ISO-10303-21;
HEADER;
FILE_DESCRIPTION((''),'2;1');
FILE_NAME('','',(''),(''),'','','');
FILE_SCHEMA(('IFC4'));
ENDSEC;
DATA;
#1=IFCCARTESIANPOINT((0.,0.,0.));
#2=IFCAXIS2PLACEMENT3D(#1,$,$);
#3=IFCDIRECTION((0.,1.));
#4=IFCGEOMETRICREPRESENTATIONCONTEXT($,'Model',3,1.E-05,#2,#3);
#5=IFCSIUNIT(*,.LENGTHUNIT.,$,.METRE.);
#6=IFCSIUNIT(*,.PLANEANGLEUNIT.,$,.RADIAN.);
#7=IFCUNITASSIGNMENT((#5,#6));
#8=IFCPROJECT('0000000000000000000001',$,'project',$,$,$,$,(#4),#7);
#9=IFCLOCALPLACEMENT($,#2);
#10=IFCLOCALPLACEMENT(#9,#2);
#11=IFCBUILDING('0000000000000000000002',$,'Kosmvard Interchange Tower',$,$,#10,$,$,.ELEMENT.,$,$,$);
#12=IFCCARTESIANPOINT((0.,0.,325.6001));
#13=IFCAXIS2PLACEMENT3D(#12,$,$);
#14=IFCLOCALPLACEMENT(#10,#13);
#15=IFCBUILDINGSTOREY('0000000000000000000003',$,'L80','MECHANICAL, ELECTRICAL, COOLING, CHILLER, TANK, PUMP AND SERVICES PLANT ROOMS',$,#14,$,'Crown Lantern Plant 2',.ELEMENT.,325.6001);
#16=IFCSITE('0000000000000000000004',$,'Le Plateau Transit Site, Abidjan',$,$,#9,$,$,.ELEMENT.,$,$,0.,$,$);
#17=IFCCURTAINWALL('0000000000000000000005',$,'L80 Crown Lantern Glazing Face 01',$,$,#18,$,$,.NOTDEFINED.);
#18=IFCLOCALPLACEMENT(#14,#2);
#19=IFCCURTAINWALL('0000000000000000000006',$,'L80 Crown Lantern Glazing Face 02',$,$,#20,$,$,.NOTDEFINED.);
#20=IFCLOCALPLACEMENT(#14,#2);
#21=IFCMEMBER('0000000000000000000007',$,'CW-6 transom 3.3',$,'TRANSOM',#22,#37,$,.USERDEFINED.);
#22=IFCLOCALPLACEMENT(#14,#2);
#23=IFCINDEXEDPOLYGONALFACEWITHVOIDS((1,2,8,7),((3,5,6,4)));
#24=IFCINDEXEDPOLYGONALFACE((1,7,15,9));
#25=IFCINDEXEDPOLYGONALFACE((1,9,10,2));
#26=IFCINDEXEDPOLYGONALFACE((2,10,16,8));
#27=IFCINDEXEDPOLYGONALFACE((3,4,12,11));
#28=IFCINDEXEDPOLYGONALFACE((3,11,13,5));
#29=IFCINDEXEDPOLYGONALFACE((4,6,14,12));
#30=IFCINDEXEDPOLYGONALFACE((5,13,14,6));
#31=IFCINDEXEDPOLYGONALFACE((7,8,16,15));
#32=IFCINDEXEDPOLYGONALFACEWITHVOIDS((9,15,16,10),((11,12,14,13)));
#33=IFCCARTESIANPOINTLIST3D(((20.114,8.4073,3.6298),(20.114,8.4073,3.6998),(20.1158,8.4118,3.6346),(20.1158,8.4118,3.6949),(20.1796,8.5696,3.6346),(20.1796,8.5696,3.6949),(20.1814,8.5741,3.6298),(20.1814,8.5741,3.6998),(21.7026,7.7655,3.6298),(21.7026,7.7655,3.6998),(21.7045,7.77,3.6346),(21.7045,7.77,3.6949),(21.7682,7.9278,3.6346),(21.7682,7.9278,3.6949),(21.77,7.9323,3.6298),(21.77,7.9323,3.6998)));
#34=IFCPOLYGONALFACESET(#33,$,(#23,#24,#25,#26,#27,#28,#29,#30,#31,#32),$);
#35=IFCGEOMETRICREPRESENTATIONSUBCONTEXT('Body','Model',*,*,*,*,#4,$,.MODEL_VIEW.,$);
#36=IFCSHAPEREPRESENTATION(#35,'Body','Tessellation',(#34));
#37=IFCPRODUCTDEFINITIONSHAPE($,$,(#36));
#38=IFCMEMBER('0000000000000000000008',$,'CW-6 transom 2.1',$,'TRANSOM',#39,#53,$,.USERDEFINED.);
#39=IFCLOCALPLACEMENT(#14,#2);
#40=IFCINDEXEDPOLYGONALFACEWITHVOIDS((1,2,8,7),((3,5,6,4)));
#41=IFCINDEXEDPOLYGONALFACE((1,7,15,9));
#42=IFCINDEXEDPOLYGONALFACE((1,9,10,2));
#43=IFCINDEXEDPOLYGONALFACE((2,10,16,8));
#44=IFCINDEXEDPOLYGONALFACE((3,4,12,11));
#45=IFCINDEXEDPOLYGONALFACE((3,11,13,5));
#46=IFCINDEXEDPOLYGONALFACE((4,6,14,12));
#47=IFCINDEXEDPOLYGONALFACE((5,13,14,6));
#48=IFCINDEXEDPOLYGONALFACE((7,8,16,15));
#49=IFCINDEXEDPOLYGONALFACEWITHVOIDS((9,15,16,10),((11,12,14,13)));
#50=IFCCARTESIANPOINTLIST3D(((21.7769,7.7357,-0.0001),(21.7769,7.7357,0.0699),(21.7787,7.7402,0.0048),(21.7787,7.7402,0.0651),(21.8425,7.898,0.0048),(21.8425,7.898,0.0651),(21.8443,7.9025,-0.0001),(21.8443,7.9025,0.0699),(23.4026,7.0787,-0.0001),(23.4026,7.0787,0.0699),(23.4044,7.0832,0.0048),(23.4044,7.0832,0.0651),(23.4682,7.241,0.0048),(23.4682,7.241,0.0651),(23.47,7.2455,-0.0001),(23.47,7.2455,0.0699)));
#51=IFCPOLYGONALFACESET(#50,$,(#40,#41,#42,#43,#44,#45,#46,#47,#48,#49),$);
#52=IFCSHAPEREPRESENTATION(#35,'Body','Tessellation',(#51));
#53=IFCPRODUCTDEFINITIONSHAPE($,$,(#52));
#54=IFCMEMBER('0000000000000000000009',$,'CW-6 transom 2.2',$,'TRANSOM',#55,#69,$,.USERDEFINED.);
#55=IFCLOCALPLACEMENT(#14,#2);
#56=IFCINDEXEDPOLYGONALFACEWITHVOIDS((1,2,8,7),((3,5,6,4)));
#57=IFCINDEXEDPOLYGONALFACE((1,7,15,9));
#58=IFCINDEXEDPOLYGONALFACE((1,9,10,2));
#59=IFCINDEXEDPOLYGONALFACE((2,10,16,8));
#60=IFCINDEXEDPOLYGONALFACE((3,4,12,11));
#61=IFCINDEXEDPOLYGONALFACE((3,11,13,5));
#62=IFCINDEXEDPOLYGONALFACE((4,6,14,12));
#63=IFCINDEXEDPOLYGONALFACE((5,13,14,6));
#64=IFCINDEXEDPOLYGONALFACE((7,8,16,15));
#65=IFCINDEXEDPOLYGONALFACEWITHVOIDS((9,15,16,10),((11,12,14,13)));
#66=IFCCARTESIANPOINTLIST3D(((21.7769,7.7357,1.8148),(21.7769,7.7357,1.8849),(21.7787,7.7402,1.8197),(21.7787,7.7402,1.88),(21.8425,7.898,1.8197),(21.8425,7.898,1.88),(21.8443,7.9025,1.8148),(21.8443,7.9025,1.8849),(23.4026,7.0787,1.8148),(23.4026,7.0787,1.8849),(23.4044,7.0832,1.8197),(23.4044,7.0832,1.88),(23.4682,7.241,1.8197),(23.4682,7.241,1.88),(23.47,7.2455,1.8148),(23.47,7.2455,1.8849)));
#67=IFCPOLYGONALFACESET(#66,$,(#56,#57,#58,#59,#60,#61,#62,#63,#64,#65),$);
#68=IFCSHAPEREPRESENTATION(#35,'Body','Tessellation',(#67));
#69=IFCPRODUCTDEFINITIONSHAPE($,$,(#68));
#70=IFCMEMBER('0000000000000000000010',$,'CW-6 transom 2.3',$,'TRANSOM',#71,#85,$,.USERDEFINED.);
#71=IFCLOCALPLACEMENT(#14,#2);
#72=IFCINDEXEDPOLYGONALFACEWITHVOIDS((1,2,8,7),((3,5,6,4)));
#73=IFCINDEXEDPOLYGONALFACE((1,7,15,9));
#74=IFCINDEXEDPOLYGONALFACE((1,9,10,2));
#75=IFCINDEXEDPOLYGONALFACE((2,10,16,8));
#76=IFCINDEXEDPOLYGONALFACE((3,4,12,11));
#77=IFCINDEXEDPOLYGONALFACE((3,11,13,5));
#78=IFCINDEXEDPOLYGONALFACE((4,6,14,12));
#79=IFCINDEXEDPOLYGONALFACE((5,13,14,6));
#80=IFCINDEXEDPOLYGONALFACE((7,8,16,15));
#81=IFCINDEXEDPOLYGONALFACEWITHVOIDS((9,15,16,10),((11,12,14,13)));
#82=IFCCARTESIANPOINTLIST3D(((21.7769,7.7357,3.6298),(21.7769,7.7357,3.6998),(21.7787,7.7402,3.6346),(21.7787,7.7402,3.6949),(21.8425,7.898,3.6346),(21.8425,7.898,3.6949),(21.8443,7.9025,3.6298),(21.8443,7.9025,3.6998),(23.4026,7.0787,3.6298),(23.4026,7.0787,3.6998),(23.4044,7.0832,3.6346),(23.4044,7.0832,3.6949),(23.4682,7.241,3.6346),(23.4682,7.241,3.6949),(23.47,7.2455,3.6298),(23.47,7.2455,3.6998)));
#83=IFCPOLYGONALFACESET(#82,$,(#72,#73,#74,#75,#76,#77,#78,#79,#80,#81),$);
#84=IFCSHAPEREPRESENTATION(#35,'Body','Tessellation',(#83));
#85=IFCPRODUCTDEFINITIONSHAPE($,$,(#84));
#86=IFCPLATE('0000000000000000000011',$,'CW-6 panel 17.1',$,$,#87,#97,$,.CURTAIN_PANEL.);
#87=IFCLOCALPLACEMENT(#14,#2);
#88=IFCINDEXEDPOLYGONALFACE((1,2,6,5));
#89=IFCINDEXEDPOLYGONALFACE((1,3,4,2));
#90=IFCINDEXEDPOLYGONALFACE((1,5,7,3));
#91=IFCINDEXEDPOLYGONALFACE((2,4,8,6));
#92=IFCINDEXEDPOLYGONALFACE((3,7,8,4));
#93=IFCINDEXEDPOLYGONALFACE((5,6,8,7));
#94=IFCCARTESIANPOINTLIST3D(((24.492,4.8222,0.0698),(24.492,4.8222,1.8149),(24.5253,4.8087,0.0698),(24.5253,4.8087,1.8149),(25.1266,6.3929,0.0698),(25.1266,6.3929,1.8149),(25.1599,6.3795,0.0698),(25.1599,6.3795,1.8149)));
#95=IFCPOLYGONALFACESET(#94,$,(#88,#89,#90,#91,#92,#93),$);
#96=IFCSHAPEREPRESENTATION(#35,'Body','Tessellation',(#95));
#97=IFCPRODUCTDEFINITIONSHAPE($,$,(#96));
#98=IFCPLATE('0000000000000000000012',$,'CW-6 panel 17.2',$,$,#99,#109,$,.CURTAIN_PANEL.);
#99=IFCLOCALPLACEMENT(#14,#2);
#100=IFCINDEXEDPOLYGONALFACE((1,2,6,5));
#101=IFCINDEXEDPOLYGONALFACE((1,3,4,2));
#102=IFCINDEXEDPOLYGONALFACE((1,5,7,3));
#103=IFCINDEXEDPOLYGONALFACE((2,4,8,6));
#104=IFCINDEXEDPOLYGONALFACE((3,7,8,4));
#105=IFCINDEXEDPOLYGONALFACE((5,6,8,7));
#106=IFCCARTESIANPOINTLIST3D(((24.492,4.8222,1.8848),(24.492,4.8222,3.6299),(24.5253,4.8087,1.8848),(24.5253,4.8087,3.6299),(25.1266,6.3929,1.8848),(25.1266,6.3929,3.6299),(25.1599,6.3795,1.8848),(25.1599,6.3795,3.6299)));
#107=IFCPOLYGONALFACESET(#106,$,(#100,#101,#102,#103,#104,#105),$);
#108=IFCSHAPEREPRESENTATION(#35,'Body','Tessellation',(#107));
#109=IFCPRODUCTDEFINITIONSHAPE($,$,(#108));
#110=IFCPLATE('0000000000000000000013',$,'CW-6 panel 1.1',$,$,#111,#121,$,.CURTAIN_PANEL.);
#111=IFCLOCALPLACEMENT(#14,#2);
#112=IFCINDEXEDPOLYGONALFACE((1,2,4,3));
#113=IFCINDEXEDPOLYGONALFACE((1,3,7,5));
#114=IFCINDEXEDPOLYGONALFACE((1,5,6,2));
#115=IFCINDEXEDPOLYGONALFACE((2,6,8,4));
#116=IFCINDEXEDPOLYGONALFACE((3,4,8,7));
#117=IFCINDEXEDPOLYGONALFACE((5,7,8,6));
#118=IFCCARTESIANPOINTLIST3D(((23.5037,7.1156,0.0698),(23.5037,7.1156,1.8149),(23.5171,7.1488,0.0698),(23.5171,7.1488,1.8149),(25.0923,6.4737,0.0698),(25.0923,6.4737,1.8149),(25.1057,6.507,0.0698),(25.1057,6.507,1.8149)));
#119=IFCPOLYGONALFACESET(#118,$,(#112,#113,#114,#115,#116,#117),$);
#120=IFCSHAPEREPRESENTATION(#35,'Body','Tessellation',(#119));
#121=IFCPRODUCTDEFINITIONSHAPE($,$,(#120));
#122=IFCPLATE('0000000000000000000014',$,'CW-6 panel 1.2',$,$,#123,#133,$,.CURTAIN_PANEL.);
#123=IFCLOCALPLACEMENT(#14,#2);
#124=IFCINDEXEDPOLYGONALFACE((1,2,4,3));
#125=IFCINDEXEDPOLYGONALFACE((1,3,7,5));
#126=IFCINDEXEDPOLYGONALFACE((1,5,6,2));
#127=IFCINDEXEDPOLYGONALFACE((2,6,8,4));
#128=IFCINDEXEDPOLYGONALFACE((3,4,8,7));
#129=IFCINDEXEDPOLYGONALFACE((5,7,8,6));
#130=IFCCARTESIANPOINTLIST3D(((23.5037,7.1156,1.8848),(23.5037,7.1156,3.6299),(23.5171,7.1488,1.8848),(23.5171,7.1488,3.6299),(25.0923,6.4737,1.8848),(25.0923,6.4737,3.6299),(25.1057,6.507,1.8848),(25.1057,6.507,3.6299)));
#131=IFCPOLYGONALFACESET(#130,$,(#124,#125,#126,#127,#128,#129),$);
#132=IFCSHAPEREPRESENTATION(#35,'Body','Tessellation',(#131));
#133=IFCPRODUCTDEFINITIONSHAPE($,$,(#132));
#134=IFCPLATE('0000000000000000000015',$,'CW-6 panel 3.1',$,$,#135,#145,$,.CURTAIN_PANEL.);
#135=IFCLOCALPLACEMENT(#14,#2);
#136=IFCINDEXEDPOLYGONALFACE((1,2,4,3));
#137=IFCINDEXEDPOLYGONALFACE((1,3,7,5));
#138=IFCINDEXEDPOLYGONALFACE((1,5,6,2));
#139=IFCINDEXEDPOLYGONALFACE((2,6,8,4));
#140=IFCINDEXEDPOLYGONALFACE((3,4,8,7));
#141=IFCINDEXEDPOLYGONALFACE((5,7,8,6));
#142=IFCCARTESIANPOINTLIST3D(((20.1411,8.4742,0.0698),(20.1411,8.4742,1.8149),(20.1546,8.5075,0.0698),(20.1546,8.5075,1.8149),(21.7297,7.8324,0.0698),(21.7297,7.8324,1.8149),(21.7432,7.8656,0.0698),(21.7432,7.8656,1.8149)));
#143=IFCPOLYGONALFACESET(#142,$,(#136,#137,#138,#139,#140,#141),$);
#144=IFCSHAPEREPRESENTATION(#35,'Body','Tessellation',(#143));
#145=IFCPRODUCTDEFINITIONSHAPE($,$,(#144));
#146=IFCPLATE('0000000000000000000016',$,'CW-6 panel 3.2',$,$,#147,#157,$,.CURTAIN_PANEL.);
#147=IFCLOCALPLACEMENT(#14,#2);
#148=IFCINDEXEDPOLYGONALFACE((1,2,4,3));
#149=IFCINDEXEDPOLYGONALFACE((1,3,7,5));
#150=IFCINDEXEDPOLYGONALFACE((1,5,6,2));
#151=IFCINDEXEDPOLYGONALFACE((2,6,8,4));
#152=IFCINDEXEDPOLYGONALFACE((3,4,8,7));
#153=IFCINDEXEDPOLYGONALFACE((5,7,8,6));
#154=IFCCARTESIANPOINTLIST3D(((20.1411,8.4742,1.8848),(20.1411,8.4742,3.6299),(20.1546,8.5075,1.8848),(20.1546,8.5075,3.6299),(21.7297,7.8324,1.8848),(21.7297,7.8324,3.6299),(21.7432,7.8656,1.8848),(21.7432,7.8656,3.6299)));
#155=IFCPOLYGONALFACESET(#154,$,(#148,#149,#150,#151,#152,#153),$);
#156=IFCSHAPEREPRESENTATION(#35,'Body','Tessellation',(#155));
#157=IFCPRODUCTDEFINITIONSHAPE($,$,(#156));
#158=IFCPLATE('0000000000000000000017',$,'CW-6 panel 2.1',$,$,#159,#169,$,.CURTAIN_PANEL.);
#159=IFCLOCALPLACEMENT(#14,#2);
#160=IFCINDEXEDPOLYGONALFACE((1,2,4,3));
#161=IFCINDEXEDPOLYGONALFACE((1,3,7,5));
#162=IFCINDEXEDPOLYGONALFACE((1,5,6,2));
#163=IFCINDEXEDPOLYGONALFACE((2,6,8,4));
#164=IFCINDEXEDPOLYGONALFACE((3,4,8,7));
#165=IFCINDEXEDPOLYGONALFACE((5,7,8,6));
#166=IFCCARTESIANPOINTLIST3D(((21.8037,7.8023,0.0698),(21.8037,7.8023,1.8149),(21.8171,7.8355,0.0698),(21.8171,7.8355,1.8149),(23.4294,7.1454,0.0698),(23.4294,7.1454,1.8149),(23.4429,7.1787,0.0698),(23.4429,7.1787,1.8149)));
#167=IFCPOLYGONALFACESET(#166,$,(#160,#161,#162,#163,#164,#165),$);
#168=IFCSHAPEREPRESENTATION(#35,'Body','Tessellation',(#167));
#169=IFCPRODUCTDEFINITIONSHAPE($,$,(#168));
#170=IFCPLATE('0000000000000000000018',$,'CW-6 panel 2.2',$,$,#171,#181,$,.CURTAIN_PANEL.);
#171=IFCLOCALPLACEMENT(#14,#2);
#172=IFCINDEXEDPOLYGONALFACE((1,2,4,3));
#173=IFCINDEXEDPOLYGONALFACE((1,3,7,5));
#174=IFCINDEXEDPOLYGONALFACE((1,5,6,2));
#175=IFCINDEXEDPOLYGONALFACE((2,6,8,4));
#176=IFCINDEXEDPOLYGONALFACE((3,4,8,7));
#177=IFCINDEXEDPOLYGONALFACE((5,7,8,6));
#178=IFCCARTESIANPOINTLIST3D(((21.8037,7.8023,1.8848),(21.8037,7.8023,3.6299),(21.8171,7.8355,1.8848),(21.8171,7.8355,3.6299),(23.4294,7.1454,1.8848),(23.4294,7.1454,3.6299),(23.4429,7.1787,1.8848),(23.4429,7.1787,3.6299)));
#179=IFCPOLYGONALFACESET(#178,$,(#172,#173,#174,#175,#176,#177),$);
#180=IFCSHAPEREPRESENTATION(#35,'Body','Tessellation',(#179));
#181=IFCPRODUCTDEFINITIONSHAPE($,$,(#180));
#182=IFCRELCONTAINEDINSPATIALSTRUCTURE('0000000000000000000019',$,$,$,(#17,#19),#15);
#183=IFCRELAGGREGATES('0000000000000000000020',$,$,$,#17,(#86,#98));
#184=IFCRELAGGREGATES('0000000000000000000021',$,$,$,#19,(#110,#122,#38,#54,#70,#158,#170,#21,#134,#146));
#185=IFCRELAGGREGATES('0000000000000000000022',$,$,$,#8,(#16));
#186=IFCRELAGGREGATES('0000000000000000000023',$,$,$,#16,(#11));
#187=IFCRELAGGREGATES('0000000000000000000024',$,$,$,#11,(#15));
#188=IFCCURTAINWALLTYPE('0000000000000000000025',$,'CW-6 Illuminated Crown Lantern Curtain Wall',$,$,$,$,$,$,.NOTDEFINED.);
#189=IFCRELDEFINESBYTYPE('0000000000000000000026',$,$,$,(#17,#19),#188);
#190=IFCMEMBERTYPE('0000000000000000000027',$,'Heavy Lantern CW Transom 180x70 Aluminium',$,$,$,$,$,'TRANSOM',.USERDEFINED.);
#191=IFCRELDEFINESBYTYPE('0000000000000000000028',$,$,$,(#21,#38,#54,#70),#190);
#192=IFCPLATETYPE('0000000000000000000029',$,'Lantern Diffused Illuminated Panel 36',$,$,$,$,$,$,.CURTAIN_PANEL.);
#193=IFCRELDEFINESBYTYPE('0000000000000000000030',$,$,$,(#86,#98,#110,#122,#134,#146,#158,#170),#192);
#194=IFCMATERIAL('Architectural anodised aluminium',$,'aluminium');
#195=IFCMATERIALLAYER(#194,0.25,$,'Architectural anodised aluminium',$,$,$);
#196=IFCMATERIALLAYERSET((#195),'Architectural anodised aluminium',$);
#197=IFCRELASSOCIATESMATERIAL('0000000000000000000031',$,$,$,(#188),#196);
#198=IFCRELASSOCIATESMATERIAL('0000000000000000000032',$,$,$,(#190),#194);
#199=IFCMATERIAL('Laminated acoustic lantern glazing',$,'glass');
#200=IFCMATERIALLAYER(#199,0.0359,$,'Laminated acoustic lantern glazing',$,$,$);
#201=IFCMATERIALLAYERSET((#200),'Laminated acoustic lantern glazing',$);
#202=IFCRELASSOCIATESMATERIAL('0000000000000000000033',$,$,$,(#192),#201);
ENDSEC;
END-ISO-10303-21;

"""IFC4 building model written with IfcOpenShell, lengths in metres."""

from ifc_helpers import new_model, si_unit, direction, frame, origin, origin_2d, place, context, subcontext, project, spatial, rectangle, hollow_rectangle, extrude, source, transform, mapped, material, layer, layer_set, material_profile, profile_set, type_object, element, aggregate, save


model = new_model("IFC4")

# Units and contexts
model_context = context("Model", 3, precision=1e-05, world=origin(), true_north=direction((0.0, 1.0)))
body_context = subcontext(model_context, "Body", "Model", "MODEL_VIEW")
ifc_project = project(units=[si_unit("LENGTHUNIT", "METRE"), si_unit("PLANEANGLEUNIT", "RADIAN")], contexts=[model_context])

# Site, building, storey
site_placement = place(None, origin())
site = spatial("IfcSite", under=ifc_project, at=site_placement, Name="Le Plateau Transit Site, Abidjan", CompositionType="ELEMENT", RefElevation=0.0)
building_placement = place(site_placement, origin())
building = spatial("IfcBuilding", under=site, at=building_placement, Name="Kosmvard Interchange Tower", CompositionType="ELEMENT")
storey_placement = place(building_placement, frame((0.0, 0.0, 325.6001)))
storey = spatial("IfcBuildingStorey", under=building, at=storey_placement, Name="L80", Description="MECHANICAL, ELECTRICAL, COOLING, CHILLER, TANK, PUMP AND SERVICES PLANT ROOMS", LongName="Crown Lantern Plant 2", CompositionType="ELEMENT", Elevation=325.6001)

# Curtain wall
ifc_material_1 = material(Name="Architectural anodised aluminium", Category="aluminium")
ifc_layer_1 = layer(ifc_material_1, 0.25, Name="Architectural anodised aluminium")
ifc_layer_set_1 = layer_set([ifc_layer_1], Name="Architectural anodised aluminium")
curtain_wall_type = type_object("IfcCurtainWallType", Name="CW-6 Illuminated Crown Lantern Curtain Wall", PredefinedType="NOTDEFINED", material=ifc_layer_set_1)
curtain_wall_1_placement = place(storey_placement, origin())
curtain_wall_1 = element("IfcCurtainWall", 1, at=curtain_wall_1_placement, inside=storey, type_object=curtain_wall_type, Name="L80 Crown Lantern Glazing Face 01", PredefinedType="NOTDEFINED")

# Curtain wall
curtain_wall_2_placement = place(storey_placement, origin())
curtain_wall_2 = element("IfcCurtainWall", 2, at=curtain_wall_2_placement, inside=storey, type_object=curtain_wall_type, Name="L80 Crown Lantern Glazing Face 02", PredefinedType="NOTDEFINED")

# Members
ifc_material_profile_1 = material_profile(ifc_material_1, hollow_rectangle(XDim=0.1799, YDim=0.0701, WallThickness=0.0049, at=origin_2d()), Name="CWT 180x70x5")
ifc_profile_set_1 = profile_set([ifc_material_profile_1], Name="Architectural anodised aluminium")
member_type_1 = type_object("IfcMemberType", Name="Heavy Lantern CW Transom 180x70 Aluminium", ElementType="TRANSOM", PredefinedType="USERDEFINED", material=ifc_profile_set_1)
shared_shape_1 = source(origin(), body_context, "Body", "SweptSolid", [
    extrude(hollow_rectangle(XDim=0.1799, YDim=0.0701, WallThickness=0.0049, at=origin_2d()), origin(), (0.0, 0.0, 1.0), 1.7134),
])
member_1_placement = place(storey_placement, frame((21.7363, 7.8489, 3.6648), z_axis=(-0.927184, 0.374607, 0.0), x_axis=(-0.374607, -0.927184, 0.0)))
member_1 = element("IfcMember", 3, at=member_1_placement, type_object=member_type_1, Name="CW-6 transom 3.3", ObjectType="TRANSOM", PredefinedType="USERDEFINED", context=body_context, shape_type="MappedRepresentation", body=[
    mapped(shared_shape_1, transform((0.0, 0.0, 0.0), scale=1.0)),
])
shared_shape_2 = source(origin(), body_context, "Body", "SweptSolid", [
    extrude(hollow_rectangle(XDim=0.1799, YDim=0.0701, WallThickness=0.0049, at=origin_2d()), origin(), (0.0, 0.0, 1.0), 1.7534),
])
member_2_placement = place(storey_placement, frame((23.4363, 7.1621, 0.0349), z_axis=(-0.927155, 0.374677, 0.0), x_axis=(-0.374677, -0.927155, 0.0)))
member_2 = element("IfcMember", 4, at=member_2_placement, type_object=member_type_1, Name="CW-6 transom 2.1", ObjectType="TRANSOM", PredefinedType="USERDEFINED", context=body_context, shape_type="MappedRepresentation", body=[
    mapped(shared_shape_2, transform((0.0, 0.0, 0.0), scale=1.0)),
])
member_3_placement = place(storey_placement, frame((23.4363, 7.1621, 1.8499), z_axis=(-0.927155, 0.374677, 0.0), x_axis=(-0.374677, -0.927155, 0.0)))
member_3 = element("IfcMember", 5, at=member_3_placement, type_object=member_type_1, Name="CW-6 transom 2.2", ObjectType="TRANSOM", PredefinedType="USERDEFINED", context=body_context, shape_type="MappedRepresentation", body=[
    mapped(shared_shape_2, transform((0.0, 0.0, 0.0), scale=1.0)),
])
member_4_placement = place(storey_placement, frame((23.4363, 7.1621, 3.6648), z_axis=(-0.927155, 0.374677, 0.0), x_axis=(-0.374677, -0.927155, 0.0)))
member_4 = element("IfcMember", 6, at=member_4_placement, type_object=member_type_1, Name="CW-6 transom 2.3", ObjectType="TRANSOM", PredefinedType="USERDEFINED", context=body_context, shape_type="MappedRepresentation", body=[
    mapped(shared_shape_2, transform((0.0, 0.0, 0.0), scale=1.0)),
])

# Plates
ifc_material_2 = material(Name="Laminated acoustic lantern glazing", Category="glass")
ifc_layer_2 = layer(ifc_material_2, 0.0359, Name="Laminated acoustic lantern glazing")
ifc_layer_set_2 = layer_set([ifc_layer_2], Name="Laminated acoustic lantern glazing")
plate_type = type_object("IfcPlateType", Name="Lantern Diffused Illuminated Panel 36", PredefinedType="CURTAIN_PANEL", material=ifc_layer_set_2)
shared_shape_3 = source(origin(), body_context, "Body", "SweptSolid", [
    extrude(rectangle(XDim=1.6941, YDim=0.0359, at=origin_2d()), origin(), (0.0, 0.0, 1.0), 1.7451),
])
plate_1_placement = place(storey_placement, frame((24.8259, 5.6008, 0.0698), z_axis=(0.0, 0.0, 1.0), x_axis=(0.374607, 0.927184, 0.0)))
plate_1 = element("IfcPlate", 7, at=plate_1_placement, type_object=plate_type, Name="CW-6 panel 17.1", PredefinedType="CURTAIN_PANEL", context=body_context, shape_type="MappedRepresentation", body=[
    mapped(shared_shape_3, transform((0.0, 0.0, 0.0), scale=1.0)),
])
plate_2_placement = place(storey_placement, frame((24.8259, 5.6008, 1.8848), z_axis=(0.0, 0.0, 1.0), x_axis=(0.374607, 0.927184, 0.0)))
plate_2 = element("IfcPlate", 8, at=plate_2_placement, type_object=plate_type, Name="CW-6 panel 17.2", PredefinedType="CURTAIN_PANEL", context=body_context, shape_type="MappedRepresentation", body=[
    mapped(shared_shape_3, transform((0.0, 0.0, 0.0), scale=1.0)),
])
aggregate(curtain_wall_1, [plate_1, plate_2])
shared_shape_4 = source(origin(), body_context, "Body", "SweptSolid", [
    extrude(rectangle(XDim=1.7134, YDim=0.0359, at=origin_2d()), origin(), (0.0, 0.0, 1.0), 1.7451),
])
plate_3_placement = place(storey_placement, frame((24.3047, 6.8113, 0.0698), z_axis=(0.0, 0.0, 1.0), x_axis=(-0.927184, 0.374607, 0.0)))
plate_3 = element("IfcPlate", 9, at=plate_3_placement, type_object=plate_type, Name="CW-6 panel 1.1", PredefinedType="CURTAIN_PANEL", context=body_context, shape_type="MappedRepresentation", body=[
    mapped(shared_shape_4, transform((0.0, 0.0, 0.0), scale=1.0)),
])
plate_4_placement = place(storey_placement, frame((24.3047, 6.8113, 1.8848), z_axis=(0.0, 0.0, 1.0), x_axis=(-0.927184, 0.374607, 0.0)))
plate_4 = element("IfcPlate", 10, at=plate_4_placement, type_object=plate_type, Name="CW-6 panel 1.2", PredefinedType="CURTAIN_PANEL", context=body_context, shape_type="MappedRepresentation", body=[
    mapped(shared_shape_4, transform((0.0, 0.0, 0.0), scale=1.0)),
])
plate_5_placement = place(storey_placement, frame((20.9421, 8.1699, 0.0698), z_axis=(0.0, 0.0, 1.0), x_axis=(-0.927184, 0.374607, 0.0)))
plate_5 = element("IfcPlate", 11, at=plate_5_placement, type_object=plate_type, Name="CW-6 panel 3.1", PredefinedType="CURTAIN_PANEL", context=body_context, shape_type="MappedRepresentation", body=[
    mapped(shared_shape_4, transform((0.0, 0.0, 0.0), scale=1.0)),
])
plate_6_placement = place(storey_placement, frame((20.9421, 8.1699, 1.8848), z_axis=(0.0, 0.0, 1.0), x_axis=(-0.927184, 0.374607, 0.0)))
plate_6 = element("IfcPlate", 12, at=plate_6_placement, type_object=plate_type, Name="CW-6 panel 3.2", PredefinedType="CURTAIN_PANEL", context=body_context, shape_type="MappedRepresentation", body=[
    mapped(shared_shape_4, transform((0.0, 0.0, 0.0), scale=1.0)),
])
shared_shape_5 = source(origin(), body_context, "Body", "SweptSolid", [
    extrude(rectangle(XDim=1.7534, YDim=0.0359, at=origin_2d()), origin(), (0.0, 0.0, 1.0), 1.7451),
])
plate_7_placement = place(storey_placement, frame((22.6233, 7.4905, 0.0698), z_axis=(0.0, 0.0, 1.0), x_axis=(-0.927184, 0.374607, 0.0)))
plate_7 = element("IfcPlate", 13, at=plate_7_placement, type_object=plate_type, Name="CW-6 panel 2.1", PredefinedType="CURTAIN_PANEL", context=body_context, shape_type="MappedRepresentation", body=[
    mapped(shared_shape_5, transform((0.0, 0.0, 0.0), scale=1.0)),
])
plate_8_placement = place(storey_placement, frame((22.6233, 7.4905, 1.8848), z_axis=(0.0, 0.0, 1.0), x_axis=(-0.927184, 0.374607, 0.0)))
plate_8 = element("IfcPlate", 14, at=plate_8_placement, type_object=plate_type, Name="CW-6 panel 2.2", PredefinedType="CURTAIN_PANEL", context=body_context, shape_type="MappedRepresentation", body=[
    mapped(shared_shape_5, transform((0.0, 0.0, 0.0), scale=1.0)),
])
aggregate(curtain_wall_2, [plate_3, plate_4, member_2, member_3, member_4, plate_7, plate_8, member_1, plate_5, plate_6])

save(model, "model.ifc")
